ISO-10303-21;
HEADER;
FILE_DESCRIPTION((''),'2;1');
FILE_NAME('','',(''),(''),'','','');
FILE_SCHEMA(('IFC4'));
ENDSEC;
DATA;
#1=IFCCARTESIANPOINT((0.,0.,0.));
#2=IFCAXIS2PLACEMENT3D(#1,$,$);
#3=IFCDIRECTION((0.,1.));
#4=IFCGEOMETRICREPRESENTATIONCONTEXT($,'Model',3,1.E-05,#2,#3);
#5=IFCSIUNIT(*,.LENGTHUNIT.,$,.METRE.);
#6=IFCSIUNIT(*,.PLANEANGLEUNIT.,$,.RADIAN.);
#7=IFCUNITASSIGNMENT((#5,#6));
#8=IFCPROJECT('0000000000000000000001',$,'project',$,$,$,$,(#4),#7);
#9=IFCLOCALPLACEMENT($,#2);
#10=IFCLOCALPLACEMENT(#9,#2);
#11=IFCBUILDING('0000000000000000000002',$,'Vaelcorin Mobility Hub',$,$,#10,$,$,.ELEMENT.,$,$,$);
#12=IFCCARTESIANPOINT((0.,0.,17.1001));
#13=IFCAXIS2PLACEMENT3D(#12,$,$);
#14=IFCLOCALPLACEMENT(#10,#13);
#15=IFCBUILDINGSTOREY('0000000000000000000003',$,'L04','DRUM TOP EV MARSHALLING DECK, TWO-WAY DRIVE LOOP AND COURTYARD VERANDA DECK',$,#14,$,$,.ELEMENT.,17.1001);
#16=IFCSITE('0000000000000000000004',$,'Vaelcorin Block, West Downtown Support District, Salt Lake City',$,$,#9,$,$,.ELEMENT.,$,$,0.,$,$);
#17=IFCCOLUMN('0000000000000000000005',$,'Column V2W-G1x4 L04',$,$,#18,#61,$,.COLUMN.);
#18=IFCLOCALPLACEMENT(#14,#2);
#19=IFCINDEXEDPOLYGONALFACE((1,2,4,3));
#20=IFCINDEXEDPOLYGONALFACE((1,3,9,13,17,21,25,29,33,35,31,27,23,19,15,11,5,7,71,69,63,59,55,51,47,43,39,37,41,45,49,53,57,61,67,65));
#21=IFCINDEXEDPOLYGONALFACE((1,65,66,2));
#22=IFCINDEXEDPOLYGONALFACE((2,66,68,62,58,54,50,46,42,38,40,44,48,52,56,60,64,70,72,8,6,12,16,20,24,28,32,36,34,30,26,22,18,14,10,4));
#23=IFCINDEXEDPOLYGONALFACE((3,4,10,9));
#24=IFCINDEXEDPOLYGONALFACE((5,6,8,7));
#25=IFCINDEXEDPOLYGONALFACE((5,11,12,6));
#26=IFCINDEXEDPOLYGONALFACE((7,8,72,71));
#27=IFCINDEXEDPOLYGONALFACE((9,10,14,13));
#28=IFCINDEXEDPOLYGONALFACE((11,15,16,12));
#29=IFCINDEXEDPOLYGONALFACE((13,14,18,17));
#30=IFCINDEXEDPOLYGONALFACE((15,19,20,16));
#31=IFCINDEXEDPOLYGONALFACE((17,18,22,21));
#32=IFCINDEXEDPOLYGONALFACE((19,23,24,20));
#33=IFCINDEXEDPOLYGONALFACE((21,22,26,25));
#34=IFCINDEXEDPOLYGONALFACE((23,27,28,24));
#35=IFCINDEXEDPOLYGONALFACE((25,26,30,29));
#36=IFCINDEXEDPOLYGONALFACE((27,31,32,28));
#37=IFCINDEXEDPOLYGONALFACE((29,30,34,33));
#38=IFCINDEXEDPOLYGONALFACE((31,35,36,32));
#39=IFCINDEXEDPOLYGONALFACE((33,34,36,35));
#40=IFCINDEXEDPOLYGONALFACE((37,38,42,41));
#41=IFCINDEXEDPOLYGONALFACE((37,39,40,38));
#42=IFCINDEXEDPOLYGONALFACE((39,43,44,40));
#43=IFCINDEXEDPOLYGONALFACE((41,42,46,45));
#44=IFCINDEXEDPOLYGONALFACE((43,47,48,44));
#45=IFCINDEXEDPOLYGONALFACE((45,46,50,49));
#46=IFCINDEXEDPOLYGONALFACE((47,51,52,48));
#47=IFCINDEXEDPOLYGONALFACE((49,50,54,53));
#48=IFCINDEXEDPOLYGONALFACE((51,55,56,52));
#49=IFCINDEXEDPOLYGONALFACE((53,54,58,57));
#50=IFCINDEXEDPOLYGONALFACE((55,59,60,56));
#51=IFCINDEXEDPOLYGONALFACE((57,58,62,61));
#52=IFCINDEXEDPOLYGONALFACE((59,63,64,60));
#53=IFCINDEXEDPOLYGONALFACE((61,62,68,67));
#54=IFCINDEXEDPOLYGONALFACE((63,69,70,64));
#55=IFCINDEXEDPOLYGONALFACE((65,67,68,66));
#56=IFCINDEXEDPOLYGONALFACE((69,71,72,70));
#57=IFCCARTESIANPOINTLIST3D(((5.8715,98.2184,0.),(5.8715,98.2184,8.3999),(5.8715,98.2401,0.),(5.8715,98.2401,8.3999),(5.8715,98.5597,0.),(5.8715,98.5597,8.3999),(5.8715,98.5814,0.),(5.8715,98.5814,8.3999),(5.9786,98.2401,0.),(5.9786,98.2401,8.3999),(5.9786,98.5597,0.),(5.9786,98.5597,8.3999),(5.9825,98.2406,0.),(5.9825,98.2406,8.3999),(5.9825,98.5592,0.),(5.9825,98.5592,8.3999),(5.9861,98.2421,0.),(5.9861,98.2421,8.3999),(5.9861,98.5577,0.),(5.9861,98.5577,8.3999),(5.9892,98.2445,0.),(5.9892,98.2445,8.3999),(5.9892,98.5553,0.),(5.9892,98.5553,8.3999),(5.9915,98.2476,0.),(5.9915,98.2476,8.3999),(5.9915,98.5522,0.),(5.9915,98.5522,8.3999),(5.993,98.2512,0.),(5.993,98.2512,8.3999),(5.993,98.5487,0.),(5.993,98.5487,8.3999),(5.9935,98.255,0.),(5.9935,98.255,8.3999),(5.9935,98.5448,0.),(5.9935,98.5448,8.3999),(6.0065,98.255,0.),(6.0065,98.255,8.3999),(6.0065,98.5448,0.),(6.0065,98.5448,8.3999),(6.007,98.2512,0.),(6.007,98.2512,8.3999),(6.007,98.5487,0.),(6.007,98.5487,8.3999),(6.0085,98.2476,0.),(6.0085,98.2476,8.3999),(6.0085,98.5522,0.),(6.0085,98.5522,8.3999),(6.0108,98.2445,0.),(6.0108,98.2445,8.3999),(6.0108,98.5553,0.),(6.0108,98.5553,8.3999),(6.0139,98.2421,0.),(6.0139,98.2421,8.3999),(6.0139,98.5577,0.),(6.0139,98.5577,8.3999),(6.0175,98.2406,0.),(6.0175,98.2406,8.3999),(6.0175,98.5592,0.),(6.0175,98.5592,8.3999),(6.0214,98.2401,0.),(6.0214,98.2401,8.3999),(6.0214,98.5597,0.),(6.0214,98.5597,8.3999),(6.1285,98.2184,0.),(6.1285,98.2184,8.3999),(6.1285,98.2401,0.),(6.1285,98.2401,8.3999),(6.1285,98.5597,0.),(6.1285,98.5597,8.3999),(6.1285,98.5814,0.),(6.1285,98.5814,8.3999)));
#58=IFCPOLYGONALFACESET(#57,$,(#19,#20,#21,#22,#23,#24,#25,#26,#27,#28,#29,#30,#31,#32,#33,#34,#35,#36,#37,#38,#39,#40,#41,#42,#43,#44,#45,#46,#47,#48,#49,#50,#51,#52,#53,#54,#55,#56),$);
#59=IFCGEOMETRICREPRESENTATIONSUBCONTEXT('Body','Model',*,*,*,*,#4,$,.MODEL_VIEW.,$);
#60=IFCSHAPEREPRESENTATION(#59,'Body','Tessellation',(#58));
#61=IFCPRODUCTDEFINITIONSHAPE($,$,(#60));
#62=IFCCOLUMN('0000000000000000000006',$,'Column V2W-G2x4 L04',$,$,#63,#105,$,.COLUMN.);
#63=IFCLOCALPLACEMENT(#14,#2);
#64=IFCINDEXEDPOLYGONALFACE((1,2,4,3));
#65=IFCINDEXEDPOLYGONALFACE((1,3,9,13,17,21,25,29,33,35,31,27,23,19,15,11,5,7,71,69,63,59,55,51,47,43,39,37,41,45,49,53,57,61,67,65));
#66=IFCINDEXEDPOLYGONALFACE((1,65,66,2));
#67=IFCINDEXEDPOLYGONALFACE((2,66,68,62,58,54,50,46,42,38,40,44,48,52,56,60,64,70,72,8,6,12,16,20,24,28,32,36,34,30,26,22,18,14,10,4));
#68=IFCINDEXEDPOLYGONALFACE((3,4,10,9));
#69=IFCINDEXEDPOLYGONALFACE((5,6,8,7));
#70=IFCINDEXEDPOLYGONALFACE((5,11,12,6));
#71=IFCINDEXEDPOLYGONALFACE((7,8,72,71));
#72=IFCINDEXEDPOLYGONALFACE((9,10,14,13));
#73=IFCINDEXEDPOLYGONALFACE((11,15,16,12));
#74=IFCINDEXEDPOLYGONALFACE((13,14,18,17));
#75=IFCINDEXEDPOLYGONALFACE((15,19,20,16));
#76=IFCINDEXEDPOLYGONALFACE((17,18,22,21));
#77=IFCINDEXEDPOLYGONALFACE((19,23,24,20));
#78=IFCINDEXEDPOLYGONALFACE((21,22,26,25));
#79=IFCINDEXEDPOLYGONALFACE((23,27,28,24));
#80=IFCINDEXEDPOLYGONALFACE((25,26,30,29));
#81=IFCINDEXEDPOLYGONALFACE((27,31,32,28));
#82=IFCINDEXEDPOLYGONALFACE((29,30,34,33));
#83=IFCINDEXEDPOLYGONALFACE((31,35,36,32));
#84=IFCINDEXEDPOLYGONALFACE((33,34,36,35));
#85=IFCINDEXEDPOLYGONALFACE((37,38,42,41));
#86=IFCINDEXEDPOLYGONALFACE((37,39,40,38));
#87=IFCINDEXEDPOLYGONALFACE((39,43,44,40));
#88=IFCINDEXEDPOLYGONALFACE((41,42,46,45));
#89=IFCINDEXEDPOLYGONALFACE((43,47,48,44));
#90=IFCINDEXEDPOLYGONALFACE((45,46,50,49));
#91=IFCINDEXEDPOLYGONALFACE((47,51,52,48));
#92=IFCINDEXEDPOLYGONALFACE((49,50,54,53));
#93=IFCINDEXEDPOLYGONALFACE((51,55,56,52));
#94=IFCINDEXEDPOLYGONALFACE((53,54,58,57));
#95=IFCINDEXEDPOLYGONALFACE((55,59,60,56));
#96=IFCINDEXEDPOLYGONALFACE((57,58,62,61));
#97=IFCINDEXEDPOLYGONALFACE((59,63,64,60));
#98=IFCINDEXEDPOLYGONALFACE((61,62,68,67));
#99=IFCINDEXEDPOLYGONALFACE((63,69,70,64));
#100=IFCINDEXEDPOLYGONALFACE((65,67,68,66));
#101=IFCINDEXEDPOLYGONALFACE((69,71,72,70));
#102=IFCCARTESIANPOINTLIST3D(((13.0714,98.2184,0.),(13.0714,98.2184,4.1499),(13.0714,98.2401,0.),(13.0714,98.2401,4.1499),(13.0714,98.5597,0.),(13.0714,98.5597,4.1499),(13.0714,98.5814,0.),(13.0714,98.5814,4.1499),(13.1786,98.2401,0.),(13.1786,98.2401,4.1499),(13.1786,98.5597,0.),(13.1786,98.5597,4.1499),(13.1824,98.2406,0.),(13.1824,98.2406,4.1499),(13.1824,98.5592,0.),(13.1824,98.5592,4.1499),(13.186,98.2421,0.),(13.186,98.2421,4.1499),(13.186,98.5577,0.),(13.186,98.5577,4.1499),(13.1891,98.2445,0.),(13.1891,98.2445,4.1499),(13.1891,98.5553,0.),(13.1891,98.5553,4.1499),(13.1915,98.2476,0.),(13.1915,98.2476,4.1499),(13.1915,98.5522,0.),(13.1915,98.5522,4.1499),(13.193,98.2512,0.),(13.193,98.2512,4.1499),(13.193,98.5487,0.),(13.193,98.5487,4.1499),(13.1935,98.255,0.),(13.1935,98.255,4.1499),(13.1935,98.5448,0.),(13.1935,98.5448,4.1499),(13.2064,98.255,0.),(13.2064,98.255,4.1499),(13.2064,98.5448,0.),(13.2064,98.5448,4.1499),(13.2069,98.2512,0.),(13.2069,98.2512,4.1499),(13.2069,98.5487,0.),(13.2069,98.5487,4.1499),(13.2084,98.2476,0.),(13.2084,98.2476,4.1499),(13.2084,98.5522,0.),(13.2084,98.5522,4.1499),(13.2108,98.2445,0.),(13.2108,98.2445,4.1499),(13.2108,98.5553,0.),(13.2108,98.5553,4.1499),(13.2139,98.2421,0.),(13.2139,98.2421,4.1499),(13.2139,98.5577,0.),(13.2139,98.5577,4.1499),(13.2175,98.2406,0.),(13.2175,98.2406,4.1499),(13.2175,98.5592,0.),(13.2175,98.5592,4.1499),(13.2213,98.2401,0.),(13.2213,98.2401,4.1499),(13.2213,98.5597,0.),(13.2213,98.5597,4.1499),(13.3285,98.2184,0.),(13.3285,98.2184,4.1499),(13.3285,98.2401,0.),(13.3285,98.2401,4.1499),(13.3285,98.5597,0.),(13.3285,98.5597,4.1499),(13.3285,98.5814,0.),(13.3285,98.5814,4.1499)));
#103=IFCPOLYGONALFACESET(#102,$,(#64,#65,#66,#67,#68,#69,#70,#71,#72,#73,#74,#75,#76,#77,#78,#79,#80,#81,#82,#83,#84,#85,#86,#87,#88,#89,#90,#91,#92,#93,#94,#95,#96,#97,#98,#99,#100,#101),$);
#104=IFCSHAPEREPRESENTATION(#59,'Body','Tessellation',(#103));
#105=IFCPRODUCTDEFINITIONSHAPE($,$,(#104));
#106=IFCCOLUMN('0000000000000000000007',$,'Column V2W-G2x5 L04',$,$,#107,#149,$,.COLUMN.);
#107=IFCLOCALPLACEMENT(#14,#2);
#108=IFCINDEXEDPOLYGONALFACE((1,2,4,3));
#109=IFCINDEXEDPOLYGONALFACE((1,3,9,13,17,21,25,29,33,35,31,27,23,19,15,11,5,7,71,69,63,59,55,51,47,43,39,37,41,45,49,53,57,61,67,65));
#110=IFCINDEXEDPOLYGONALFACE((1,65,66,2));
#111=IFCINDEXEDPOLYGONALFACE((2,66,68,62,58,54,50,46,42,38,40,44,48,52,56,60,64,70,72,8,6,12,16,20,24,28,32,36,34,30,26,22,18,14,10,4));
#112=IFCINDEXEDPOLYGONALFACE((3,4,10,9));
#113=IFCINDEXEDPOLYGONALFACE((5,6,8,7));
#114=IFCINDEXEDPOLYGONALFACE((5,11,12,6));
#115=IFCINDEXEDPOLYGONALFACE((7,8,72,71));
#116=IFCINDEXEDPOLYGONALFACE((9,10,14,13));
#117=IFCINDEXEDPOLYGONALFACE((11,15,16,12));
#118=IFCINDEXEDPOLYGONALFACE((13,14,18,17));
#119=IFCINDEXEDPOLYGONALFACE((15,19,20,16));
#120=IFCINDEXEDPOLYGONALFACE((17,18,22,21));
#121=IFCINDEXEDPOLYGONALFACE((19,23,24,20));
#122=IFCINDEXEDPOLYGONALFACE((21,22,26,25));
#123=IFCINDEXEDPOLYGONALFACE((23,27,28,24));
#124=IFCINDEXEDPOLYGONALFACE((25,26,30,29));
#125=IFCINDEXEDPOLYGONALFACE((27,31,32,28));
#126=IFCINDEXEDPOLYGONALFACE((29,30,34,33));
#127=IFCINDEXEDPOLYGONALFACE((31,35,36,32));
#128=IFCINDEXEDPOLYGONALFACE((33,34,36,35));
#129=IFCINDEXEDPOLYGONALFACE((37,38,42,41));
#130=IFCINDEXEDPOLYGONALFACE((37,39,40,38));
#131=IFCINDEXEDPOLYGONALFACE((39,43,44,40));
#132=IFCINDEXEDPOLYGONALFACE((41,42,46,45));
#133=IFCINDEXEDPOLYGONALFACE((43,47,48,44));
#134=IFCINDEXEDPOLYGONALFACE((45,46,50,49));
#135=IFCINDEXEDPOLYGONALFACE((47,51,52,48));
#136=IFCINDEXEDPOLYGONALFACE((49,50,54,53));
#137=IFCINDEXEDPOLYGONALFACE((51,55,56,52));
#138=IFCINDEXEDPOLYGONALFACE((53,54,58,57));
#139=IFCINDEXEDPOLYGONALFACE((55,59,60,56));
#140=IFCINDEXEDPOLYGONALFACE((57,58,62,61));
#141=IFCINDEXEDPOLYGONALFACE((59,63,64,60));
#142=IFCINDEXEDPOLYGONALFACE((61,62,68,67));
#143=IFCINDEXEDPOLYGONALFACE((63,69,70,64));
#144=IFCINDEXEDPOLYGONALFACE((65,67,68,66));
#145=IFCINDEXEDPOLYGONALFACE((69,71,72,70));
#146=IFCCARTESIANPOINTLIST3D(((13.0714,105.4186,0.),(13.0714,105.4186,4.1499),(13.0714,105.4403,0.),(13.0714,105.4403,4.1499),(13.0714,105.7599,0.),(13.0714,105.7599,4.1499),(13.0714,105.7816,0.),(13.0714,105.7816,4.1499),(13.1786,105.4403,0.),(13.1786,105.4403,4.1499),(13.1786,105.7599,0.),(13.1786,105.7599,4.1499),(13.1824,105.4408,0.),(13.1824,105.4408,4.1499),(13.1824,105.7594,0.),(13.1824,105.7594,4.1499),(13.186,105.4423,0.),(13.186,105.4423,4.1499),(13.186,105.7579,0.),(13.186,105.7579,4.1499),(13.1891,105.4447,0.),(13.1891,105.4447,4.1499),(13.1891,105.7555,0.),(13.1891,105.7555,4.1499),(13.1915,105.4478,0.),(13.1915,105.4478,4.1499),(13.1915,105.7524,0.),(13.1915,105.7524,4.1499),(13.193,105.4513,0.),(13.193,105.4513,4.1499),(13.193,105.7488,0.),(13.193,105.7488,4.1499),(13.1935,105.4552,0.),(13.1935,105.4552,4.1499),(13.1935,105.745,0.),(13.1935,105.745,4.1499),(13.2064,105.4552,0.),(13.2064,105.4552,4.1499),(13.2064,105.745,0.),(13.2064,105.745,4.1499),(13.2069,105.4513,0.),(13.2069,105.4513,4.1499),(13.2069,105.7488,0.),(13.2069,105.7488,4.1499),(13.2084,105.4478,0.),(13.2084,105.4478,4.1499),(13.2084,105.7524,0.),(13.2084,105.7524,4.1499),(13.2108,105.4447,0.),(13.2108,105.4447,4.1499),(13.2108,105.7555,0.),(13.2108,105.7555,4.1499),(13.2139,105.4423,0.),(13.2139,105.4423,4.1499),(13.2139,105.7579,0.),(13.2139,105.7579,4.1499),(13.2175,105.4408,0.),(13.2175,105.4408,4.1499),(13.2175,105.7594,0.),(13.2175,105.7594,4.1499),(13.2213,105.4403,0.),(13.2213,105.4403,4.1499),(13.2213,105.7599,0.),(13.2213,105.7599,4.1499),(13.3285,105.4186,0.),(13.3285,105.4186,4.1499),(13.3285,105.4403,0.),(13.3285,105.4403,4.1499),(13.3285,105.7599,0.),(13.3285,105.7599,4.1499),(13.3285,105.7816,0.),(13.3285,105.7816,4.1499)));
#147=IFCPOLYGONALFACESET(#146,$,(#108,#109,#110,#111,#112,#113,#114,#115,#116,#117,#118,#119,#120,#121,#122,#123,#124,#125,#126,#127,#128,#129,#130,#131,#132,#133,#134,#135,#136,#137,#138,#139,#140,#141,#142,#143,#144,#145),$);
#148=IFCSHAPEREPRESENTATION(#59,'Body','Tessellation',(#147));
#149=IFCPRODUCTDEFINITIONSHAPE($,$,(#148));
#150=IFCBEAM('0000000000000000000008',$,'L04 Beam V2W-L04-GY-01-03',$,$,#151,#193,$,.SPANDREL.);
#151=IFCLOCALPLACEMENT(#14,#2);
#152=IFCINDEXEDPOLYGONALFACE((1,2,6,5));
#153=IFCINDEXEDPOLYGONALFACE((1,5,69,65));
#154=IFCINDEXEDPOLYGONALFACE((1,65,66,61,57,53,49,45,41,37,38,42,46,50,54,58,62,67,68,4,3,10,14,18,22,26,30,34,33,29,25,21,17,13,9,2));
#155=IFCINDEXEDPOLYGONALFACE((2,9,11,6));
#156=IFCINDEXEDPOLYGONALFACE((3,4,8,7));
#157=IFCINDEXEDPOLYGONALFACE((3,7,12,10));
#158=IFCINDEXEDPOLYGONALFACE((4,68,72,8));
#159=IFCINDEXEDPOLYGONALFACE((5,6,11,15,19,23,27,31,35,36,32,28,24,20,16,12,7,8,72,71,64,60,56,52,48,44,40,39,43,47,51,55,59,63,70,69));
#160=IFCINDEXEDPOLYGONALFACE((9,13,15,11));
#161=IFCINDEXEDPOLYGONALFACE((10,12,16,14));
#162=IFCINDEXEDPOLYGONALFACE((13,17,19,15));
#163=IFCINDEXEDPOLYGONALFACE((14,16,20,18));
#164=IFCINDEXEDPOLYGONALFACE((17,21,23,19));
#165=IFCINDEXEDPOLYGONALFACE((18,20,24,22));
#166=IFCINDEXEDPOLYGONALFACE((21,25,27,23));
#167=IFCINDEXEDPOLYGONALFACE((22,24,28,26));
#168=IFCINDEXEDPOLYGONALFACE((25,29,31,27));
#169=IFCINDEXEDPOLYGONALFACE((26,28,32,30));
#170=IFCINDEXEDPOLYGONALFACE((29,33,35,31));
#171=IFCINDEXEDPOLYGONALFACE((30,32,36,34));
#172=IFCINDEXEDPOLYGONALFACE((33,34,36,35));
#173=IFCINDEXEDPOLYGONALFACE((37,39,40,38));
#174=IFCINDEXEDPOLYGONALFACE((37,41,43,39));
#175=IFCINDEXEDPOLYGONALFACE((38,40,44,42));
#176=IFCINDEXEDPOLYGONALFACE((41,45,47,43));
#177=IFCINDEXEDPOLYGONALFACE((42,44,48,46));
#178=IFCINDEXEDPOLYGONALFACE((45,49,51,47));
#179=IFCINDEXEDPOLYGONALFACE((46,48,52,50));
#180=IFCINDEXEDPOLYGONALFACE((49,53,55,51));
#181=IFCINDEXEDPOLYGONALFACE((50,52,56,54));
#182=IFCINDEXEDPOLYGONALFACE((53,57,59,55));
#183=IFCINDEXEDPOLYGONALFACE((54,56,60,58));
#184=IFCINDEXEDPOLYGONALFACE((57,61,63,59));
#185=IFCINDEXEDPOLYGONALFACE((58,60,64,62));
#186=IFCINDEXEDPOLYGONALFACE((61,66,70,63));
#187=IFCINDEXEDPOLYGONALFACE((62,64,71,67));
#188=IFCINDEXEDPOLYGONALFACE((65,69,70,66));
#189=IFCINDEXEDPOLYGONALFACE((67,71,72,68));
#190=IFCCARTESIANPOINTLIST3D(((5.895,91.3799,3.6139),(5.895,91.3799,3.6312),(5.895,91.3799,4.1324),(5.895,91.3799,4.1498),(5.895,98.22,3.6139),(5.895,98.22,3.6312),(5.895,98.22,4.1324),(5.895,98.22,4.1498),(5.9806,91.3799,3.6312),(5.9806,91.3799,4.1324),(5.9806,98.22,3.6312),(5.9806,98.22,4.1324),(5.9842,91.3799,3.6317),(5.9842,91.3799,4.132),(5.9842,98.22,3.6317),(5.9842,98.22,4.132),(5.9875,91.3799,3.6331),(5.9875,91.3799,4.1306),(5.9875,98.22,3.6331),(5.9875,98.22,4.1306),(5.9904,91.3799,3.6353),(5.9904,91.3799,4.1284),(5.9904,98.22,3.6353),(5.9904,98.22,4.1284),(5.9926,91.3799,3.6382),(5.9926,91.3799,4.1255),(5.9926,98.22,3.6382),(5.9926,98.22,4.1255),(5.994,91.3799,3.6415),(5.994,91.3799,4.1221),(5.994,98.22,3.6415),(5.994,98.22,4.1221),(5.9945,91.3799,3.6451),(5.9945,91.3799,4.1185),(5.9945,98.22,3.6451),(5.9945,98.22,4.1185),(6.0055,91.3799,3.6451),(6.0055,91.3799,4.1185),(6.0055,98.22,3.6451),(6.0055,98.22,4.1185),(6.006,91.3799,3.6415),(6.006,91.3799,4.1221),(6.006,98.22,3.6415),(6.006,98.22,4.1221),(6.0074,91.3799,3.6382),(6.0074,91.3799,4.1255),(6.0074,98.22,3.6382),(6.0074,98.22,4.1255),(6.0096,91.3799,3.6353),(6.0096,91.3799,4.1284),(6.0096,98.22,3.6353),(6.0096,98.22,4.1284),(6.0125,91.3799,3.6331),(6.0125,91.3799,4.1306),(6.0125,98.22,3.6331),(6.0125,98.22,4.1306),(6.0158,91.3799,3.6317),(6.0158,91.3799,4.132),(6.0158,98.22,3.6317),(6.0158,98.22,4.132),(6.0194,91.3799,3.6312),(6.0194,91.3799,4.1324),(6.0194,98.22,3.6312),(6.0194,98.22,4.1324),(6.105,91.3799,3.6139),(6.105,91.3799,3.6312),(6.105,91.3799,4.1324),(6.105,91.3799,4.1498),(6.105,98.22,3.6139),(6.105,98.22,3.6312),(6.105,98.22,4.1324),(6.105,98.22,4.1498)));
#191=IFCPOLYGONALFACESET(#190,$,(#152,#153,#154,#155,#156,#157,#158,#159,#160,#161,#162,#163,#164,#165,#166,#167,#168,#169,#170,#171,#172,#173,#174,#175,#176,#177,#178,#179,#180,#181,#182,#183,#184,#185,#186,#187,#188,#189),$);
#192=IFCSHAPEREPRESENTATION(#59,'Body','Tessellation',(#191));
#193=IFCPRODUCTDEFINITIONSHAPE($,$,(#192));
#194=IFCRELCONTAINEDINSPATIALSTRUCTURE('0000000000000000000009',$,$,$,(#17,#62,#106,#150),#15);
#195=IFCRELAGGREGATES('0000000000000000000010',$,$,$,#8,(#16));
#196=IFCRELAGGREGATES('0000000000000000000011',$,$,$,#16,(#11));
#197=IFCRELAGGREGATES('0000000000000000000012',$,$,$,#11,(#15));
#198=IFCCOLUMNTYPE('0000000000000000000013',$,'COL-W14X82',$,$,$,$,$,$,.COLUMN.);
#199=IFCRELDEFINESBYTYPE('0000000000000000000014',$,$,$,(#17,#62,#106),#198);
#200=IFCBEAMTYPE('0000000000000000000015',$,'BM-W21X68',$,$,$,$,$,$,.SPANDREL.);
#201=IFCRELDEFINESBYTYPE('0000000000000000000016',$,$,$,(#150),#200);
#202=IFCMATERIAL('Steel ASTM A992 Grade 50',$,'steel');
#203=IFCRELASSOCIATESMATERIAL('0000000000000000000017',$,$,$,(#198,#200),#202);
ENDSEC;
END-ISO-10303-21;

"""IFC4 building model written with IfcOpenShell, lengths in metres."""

from ifc_helpers import new_model, si_unit, direction, frame, origin, origin_2d, place, context, subcontext, project, spatial, i_section, extrude, material, material_profile, profile_set, type_object, element, save


model = new_model("IFC4")

# Units and contexts
model_context = context("Model", 3, precision=1e-05, world=origin(), true_north=direction((0.0, 1.0)))
body_context = subcontext(model_context, "Body", "Model", "MODEL_VIEW")
ifc_project = project(units=[si_unit("LENGTHUNIT", "METRE"), si_unit("PLANEANGLEUNIT", "RADIAN")], contexts=[model_context])

# Site, building, storey
site_placement = place(None, origin())
site = spatial("IfcSite", under=ifc_project, at=site_placement, Name="Vaelcorin Block, West Downtown Support District, Salt Lake City", CompositionType="ELEMENT", RefElevation=0.0)
building_placement = place(site_placement, origin())
building = spatial("IfcBuilding", under=site, at=building_placement, Name="Vaelcorin Mobility Hub", CompositionType="ELEMENT")
storey_placement = place(building_placement, frame((0.0, 0.0, 17.1001)))
storey = spatial("IfcBuildingStorey", under=building, at=storey_placement, Name="L04", Description="DRUM TOP EV MARSHALLING DECK, TWO-WAY DRIVE LOOP AND COURTYARD VERANDA DECK", CompositionType="ELEMENT", Elevation=17.1001)

# Columns
ifc_material_1 = material(Name="Steel ASTM A992 Grade 50", Category="steel")
ifc_material_profile_1 = material_profile(ifc_material_1, i_section(OverallWidth=0.2571, OverallDepth=0.363, WebThickness=0.0129, FlangeThickness=0.0217, FilletRadius=0.0149, at=origin_2d()), Name="W14X82")
ifc_profile_set_1 = profile_set([ifc_material_profile_1], Name="Steel ASTM A992 Grade 50")
column_type = type_object("IfcColumnType", Name="COL-W14X82", PredefinedType="COLUMN", material=ifc_profile_set_1)
column_placement = place(storey_placement, frame((6.0, 98.3999, 0.0), z_axis=(0.0, 0.0, 1.0), x_axis=(1.0, 0.0, 0.0)))
element("IfcColumn", 1, at=column_placement, inside=storey, type_object=column_type, Name="Column V2W-G1x4 L04", PredefinedType="COLUMN", context=body_context, shape_type="SweptSolid", body=[
    extrude(i_section(OverallWidth=0.2571, OverallDepth=0.363, WebThickness=0.0129, FlangeThickness=0.0217, FilletRadius=0.0149, at=origin_2d()), origin(), (0.0, 0.0, 1.0), 8.3999),
])
for number, where, z_axis, x_axis, name in (
    (2, (13.2, 98.3999, 0.0), (0.0, 0.0, 1.0), (1.0, 0.0, 0.0), "Column V2W-G2x4 L04"),
    (3, (13.2, 105.6001, 0.0), (0.0, 0.0, 1.0), (1.0, 0.0, 0.0), "Column V2W-G2x5 L04"),
):
    element("IfcColumn", number, at=place(storey_placement, frame(where, z_axis=z_axis, x_axis=x_axis)), inside=storey, type_object=column_type, Name=name, PredefinedType="COLUMN", context=body_context, shape_type="SweptSolid", body=[
        extrude(i_section(OverallWidth=0.2571, OverallDepth=0.363, WebThickness=0.0129, FlangeThickness=0.0217, FilletRadius=0.0149, at=origin_2d()), origin(), (0.0, 0.0, 1.0), 4.1499),
    ])

# Beam
ifc_material_profile_2 = material_profile(ifc_material_1, i_section(OverallWidth=0.21, OverallDepth=0.5359, WebThickness=0.011, FlangeThickness=0.0173, FilletRadius=0.0139, at=origin_2d()), Name="W21X68")
ifc_profile_set_2 = profile_set([ifc_material_profile_2], Name="Steel ASTM A992 Grade 50")
beam_type_1 = type_object("IfcBeamType", Name="BM-W21X68", PredefinedType="SPANDREL", material=ifc_profile_set_2)
beam_1_placement = place(storey_placement, frame((6.0, 91.3799, 3.8818), z_axis=(0.0, 1.0, 0.0), x_axis=(-1.0, 0.0, 0.0)))
element("IfcBeam", 4, at=beam_1_placement, inside=storey, type_object=beam_type_1, Name="L04 Beam V2W-L04-GY-01-03", PredefinedType="SPANDREL", context=body_context, shape_type="SweptSolid", body=[
    extrude(i_section(OverallWidth=0.21, OverallDepth=0.5359, WebThickness=0.011, FlangeThickness=0.0173, FilletRadius=0.0139, at=origin_2d()), origin(), (0.0, 0.0, 1.0), 6.8401),
])

save(model, "model.ifc")
